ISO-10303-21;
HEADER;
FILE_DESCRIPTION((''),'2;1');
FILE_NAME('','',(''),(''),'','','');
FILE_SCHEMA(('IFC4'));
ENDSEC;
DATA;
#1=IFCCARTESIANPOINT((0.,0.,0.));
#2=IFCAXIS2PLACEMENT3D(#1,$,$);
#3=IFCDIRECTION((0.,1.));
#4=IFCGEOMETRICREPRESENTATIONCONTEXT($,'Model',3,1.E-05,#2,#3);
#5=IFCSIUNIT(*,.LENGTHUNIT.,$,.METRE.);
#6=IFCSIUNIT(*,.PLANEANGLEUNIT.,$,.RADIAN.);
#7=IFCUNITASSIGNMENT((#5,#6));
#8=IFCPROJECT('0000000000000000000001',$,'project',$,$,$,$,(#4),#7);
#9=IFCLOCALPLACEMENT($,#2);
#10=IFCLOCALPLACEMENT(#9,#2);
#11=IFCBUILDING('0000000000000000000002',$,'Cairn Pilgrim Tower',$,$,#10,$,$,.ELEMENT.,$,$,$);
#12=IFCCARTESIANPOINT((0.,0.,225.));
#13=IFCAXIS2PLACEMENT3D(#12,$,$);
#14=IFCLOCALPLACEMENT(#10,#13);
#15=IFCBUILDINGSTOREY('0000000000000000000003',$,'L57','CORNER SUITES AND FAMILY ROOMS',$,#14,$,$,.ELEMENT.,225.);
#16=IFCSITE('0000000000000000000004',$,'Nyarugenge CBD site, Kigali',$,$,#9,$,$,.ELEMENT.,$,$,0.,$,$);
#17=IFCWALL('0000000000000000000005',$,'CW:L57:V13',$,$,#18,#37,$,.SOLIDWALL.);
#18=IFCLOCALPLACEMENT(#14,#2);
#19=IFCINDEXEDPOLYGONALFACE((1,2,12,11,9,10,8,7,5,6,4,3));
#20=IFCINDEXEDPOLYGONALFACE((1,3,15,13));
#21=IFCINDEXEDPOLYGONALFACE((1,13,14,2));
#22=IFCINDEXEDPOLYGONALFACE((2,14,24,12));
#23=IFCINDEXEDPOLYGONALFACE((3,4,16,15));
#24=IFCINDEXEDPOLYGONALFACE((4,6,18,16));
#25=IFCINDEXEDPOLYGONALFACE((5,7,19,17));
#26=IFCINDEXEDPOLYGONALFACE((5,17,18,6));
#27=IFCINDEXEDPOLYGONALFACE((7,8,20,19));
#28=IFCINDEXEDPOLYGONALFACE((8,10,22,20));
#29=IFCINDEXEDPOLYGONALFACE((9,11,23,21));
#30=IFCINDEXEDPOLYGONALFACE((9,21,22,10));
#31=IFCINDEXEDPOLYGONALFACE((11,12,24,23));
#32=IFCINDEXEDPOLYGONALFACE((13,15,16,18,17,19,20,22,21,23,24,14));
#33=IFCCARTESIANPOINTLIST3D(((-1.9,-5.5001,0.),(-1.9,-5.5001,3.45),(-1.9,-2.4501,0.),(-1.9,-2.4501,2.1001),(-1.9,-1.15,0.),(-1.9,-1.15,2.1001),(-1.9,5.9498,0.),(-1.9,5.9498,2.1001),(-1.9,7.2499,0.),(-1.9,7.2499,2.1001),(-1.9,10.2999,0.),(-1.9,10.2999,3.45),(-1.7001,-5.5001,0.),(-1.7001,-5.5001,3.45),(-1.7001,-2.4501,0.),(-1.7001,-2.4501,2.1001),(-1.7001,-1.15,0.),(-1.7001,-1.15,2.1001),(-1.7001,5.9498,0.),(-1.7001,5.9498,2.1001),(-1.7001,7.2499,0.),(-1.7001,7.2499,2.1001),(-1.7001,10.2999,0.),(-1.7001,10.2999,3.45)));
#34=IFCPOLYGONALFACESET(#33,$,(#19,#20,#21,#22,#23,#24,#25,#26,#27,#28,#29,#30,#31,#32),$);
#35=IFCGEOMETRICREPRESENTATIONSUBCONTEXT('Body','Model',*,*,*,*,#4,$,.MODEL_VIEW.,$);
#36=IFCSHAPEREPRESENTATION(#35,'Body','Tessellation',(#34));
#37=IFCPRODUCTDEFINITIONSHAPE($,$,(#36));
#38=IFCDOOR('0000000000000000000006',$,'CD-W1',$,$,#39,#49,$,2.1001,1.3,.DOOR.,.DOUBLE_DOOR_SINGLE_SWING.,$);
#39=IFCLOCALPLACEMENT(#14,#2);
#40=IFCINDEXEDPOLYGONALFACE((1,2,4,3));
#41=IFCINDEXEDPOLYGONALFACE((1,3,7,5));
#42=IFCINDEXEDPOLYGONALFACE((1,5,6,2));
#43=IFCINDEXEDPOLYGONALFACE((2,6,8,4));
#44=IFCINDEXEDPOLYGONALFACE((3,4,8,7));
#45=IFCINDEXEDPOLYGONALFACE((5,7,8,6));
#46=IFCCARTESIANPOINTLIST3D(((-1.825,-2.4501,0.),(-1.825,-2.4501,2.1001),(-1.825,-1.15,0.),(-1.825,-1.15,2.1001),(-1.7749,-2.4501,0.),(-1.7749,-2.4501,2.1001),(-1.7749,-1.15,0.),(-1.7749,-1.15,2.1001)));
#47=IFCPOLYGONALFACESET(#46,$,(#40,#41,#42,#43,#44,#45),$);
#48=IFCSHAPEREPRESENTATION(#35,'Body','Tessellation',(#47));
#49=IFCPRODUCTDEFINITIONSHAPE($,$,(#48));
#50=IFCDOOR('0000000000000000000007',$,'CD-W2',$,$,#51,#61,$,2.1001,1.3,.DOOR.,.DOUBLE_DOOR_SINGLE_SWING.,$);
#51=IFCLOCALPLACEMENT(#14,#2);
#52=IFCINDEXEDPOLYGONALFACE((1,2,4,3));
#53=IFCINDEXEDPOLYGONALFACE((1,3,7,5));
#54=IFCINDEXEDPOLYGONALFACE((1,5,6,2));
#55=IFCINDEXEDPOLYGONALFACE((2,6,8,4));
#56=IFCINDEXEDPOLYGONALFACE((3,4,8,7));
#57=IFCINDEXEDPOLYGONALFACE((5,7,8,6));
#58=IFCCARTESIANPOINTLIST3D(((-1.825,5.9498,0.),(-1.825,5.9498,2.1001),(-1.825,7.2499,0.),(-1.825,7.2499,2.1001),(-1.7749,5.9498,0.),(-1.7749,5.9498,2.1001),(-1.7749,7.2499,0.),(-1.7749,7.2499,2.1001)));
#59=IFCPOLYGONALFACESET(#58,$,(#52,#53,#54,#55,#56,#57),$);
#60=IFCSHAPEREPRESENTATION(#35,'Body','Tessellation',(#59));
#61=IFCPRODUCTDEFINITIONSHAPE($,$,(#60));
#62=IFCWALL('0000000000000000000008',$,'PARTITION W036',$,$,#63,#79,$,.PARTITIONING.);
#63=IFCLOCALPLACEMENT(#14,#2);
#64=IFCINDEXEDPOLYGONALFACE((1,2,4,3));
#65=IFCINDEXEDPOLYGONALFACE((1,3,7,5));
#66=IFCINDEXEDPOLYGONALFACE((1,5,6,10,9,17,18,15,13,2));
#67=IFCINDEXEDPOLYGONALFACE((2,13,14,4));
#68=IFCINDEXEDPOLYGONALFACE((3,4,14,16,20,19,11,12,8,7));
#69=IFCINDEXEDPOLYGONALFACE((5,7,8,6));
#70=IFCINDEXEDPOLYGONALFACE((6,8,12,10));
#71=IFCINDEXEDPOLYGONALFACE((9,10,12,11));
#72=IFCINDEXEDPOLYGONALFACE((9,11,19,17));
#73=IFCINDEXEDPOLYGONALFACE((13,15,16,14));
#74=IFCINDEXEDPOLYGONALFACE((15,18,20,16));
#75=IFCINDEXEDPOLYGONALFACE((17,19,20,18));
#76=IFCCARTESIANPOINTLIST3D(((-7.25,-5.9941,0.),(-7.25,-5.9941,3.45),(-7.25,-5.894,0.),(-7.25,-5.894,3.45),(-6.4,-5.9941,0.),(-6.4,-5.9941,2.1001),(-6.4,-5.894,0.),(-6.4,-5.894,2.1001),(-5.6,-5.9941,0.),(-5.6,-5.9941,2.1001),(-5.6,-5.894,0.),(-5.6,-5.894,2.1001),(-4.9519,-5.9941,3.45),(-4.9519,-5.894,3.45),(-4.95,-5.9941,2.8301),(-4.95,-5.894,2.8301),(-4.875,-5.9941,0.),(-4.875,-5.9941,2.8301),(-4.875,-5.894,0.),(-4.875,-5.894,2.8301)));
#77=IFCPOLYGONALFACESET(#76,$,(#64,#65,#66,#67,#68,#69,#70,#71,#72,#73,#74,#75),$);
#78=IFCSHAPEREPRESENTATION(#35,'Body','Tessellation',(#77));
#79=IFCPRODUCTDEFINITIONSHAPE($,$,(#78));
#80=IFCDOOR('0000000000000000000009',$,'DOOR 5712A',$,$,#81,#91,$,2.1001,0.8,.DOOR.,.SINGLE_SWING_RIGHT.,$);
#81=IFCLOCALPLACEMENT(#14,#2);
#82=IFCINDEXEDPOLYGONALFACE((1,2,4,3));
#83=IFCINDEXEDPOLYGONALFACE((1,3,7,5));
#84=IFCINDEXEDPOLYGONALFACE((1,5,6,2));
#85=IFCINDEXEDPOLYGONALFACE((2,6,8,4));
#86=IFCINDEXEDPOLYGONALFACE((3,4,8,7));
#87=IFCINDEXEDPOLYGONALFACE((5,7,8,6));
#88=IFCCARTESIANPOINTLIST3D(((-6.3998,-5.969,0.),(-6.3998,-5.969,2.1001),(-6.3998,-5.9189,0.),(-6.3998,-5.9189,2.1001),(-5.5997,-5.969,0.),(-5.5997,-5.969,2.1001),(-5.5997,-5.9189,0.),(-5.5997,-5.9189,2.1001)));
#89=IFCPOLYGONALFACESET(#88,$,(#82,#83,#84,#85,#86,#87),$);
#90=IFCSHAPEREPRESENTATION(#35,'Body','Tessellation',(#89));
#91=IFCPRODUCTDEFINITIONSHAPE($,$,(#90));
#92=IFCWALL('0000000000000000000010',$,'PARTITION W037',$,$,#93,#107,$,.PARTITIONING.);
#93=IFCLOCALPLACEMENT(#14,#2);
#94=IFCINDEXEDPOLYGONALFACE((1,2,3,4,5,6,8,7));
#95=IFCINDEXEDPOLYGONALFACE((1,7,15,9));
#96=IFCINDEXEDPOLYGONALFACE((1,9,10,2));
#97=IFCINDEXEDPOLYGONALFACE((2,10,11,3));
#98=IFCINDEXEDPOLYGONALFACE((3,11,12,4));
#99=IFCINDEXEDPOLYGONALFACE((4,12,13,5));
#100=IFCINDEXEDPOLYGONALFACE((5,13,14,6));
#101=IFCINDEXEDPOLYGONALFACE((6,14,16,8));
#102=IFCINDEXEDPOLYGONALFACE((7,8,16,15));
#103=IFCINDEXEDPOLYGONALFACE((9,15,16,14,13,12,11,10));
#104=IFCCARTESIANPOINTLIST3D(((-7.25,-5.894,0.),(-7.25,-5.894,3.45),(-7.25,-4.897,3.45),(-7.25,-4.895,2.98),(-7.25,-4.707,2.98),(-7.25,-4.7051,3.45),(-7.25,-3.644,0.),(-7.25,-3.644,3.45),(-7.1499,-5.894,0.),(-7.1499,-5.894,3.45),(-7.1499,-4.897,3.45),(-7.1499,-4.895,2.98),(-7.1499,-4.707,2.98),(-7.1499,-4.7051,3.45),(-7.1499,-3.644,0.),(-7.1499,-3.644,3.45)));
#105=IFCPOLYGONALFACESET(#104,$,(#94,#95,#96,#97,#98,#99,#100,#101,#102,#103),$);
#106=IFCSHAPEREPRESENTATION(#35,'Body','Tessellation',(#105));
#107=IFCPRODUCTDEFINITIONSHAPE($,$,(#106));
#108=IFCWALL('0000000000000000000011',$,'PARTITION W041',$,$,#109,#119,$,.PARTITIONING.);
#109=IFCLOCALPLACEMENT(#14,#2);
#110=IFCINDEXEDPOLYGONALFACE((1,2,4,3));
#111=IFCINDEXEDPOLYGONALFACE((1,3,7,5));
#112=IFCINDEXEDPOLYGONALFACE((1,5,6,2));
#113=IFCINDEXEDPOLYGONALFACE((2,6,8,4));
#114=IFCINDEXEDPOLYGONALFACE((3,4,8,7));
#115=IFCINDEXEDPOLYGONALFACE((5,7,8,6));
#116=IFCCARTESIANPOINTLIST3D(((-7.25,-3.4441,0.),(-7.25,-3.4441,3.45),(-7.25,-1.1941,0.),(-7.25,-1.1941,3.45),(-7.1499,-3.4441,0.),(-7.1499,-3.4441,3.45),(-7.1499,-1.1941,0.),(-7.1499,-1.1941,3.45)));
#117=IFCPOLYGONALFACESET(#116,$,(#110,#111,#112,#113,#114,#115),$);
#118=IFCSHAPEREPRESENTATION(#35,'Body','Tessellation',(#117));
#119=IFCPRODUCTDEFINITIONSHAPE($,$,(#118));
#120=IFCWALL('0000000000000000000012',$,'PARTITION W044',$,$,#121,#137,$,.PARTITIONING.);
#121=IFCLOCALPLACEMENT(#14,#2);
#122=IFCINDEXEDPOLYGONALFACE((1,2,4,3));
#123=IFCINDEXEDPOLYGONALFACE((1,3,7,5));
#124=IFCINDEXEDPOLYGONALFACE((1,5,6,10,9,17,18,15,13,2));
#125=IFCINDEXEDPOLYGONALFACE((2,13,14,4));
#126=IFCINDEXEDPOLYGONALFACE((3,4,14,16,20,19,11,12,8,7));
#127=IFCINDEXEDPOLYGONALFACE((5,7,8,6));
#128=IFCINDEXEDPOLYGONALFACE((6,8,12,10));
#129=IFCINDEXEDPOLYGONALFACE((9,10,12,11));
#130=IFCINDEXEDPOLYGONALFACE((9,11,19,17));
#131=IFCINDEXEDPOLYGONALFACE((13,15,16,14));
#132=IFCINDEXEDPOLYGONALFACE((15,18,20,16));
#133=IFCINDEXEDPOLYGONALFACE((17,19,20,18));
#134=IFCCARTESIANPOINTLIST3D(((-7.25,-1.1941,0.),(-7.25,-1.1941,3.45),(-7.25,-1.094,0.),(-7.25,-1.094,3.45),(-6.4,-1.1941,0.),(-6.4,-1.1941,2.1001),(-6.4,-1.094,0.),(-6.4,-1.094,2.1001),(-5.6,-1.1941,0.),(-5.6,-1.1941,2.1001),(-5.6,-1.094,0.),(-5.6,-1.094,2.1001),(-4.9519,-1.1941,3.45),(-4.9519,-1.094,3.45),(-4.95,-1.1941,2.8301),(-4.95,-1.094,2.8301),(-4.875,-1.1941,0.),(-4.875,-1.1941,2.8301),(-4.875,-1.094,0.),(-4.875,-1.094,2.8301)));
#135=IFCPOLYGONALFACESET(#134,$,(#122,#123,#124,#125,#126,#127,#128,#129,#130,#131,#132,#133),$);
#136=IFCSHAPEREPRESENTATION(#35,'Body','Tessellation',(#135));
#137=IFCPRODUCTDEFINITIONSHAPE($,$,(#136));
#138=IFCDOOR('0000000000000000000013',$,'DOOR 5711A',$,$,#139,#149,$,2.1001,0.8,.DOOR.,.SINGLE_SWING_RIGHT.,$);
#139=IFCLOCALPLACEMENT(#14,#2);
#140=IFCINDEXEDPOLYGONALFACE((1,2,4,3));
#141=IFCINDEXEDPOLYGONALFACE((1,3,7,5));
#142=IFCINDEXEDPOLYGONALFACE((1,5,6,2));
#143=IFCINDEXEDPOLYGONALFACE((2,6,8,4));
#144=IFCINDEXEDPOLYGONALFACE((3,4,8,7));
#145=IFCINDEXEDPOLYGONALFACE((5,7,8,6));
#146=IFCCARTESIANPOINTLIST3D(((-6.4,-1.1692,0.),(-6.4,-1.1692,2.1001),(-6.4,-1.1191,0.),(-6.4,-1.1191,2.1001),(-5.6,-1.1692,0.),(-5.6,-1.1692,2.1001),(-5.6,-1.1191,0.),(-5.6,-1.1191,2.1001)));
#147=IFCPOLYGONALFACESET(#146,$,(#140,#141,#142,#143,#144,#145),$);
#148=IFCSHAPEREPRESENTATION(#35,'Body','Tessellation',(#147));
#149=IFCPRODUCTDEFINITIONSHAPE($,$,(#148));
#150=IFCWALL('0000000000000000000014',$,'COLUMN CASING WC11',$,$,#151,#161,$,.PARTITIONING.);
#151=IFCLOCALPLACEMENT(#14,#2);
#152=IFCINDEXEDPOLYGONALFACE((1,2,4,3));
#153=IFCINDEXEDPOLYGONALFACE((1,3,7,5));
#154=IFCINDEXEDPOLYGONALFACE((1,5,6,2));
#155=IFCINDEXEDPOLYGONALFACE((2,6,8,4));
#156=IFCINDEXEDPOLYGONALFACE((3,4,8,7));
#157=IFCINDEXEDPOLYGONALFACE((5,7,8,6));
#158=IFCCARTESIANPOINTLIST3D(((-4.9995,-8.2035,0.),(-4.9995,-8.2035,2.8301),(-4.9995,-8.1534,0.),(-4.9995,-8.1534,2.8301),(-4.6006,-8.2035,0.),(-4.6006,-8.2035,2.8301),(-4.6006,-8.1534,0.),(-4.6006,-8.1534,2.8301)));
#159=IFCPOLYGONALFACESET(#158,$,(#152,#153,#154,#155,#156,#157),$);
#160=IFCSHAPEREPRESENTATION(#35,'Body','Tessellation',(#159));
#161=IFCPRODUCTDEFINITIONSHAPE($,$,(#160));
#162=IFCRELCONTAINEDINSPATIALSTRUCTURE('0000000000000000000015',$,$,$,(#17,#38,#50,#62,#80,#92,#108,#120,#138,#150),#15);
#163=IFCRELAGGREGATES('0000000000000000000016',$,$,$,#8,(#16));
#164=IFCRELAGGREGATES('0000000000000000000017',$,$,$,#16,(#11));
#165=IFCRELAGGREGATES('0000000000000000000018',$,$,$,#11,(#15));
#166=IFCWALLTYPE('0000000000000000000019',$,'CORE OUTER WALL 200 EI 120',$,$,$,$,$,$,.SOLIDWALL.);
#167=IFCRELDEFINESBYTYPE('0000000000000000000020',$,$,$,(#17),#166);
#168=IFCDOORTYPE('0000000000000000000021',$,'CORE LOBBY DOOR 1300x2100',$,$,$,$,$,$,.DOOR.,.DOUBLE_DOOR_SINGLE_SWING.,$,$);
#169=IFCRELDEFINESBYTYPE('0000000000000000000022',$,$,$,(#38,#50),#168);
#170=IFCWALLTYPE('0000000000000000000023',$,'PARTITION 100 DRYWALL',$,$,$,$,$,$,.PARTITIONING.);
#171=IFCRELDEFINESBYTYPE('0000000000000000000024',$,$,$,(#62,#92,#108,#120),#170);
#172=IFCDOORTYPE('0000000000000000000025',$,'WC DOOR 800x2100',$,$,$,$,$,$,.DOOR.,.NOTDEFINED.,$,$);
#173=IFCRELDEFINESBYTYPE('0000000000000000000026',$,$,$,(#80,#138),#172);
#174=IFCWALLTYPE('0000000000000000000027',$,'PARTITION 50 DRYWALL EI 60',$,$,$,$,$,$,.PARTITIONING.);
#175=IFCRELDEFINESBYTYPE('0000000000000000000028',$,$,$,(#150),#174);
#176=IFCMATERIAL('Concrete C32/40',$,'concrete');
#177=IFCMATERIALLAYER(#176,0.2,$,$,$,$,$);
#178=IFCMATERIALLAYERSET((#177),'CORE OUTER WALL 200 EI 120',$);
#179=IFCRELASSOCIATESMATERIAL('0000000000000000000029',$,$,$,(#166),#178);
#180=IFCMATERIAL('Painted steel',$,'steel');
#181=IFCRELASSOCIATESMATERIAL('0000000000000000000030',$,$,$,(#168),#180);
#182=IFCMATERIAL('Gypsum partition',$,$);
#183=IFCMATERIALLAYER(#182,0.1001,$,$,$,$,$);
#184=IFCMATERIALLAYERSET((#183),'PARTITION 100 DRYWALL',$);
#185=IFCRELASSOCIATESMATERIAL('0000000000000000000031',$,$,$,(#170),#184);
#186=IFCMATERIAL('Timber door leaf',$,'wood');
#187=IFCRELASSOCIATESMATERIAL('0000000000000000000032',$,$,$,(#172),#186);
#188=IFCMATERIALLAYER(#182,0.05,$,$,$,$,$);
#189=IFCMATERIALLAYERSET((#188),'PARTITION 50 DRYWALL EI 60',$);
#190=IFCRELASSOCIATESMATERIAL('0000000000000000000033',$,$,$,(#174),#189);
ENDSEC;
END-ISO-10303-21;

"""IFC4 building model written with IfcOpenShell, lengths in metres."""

from ifc_helpers import new_model, si_unit, direction, frame, frame_2d, origin, place, context, subcontext, project, spatial, polyline, rectangle, outline, extrude, material, layer, layer_set, type_object, element, fill, save


model = new_model("IFC4")

# Units and contexts
model_context = context("Model", 3, precision=1e-05, world=origin(), true_north=direction((0.0, 1.0)))
body_context = subcontext(model_context, "Body", "Model", "MODEL_VIEW")
ifc_project = project(units=[si_unit("LENGTHUNIT", "METRE"), si_unit("PLANEANGLEUNIT", "RADIAN")], contexts=[model_context])

# Site, building, storey
site_placement = place(None, origin())
site = spatial("IfcSite", under=ifc_project, at=site_placement, Name="Nyarugenge CBD site, Kigali", CompositionType="ELEMENT", RefElevation=0.0)
building_placement = place(site_placement, origin())
building = spatial("IfcBuilding", under=site, at=building_placement, Name="Cairn Pilgrim Tower", CompositionType="ELEMENT")
storey_placement = place(building_placement, frame((0.0, 0.0, 225.0)))
storey = spatial("IfcBuildingStorey", under=building, at=storey_placement, Name="L57", Description="CORNER SUITES AND FAMILY ROOMS", CompositionType="ELEMENT", Elevation=225.0)

# Shared definitions
ifc_material_1 = material(Name="Concrete C32/40", Category="concrete")
ifc_layer_1 = layer(ifc_material_1, 0.2)
ifc_layer_set_1 = layer_set([ifc_layer_1], Name="CORE OUTER WALL 200 EI 120")
wall_type_1 = type_object("IfcWallType", Name="CORE OUTER WALL 200 EI 120", PredefinedType="SOLIDWALL", material=ifc_layer_set_1)

# Wall, openings, doors
wall_1_placement = place(storey_placement, frame((-1.8, -5.5, 0.0), z_axis=(0.0, 0.0, 1.0), x_axis=(0.0, 1.0, 0.0)))
wall_1 = element("IfcWall", 1, at=wall_1_placement, inside=storey, type_object=wall_type_1, Name="CW:L57:V13", PredefinedType="SOLIDWALL", context=body_context, shape_type="SweptSolid", body=[
    extrude(rectangle(XDim=15.8, YDim=0.2, at=frame_2d((7.8999, 0.0))), origin(), (0.0, 0.0, 1.0), 3.45),
])
opening_1_placement = place(wall_1_placement, frame((3.05, 0.0, 0.0)))
opening_1 = element("IfcOpeningElement", 2, at=opening_1_placement, cuts=wall_1, PredefinedType="OPENING", context=body_context, shape_type="SweptSolid", body=[
    extrude(rectangle(XDim=1.3, YDim=2.1001, at=frame_2d((0.6499, 1.05))), frame((0.0, 0.1099, 0.0), z_axis=(0.0, -1.0, 0.0), x_axis=(1.0, 0.0, 0.0)), (0.0, 0.0, 1.0), 0.22),
])
opening_2_placement = place(wall_1_placement, frame((11.45, 0.0, 0.0)))
opening_2 = element("IfcOpeningElement", 3, at=opening_2_placement, cuts=wall_1, PredefinedType="OPENING", context=body_context, shape_type="SweptSolid", body=[
    extrude(rectangle(XDim=1.3, YDim=2.1001, at=frame_2d((0.6499, 1.05))), frame((0.0, 0.1099, 0.0), z_axis=(0.0, -1.0, 0.0), x_axis=(1.0, 0.0, 0.0)), (0.0, 0.0, 1.0), 0.22),
])
ifc_material_2 = material(Name="Painted steel", Category="steel")
door_type_1 = type_object("IfcDoorType", Name="CORE LOBBY DOOR 1300x2100", OperationType="DOUBLE_DOOR_SINGLE_SWING", PredefinedType="DOOR", material=ifc_material_2)
door_1_placement = place(opening_1_placement, origin())
door_1 = element("IfcDoor", 4, at=door_1_placement, inside=storey, type_object=door_type_1, Name="CD-W1", OperationType="DOUBLE_DOOR_SINGLE_SWING", OverallHeight=2.1001, OverallWidth=1.3, PredefinedType="DOOR", context=body_context, shape_type="SweptSolid", body=[
    extrude(rectangle(XDim=1.3, YDim=2.1001, at=frame_2d((0.6499, 1.05))), frame((0.0, 0.0249, 0.0), z_axis=(0.0, -1.0, 0.0), x_axis=(1.0, 0.0, 0.0)), (0.0, 0.0, 1.0), 0.05),
])
fill(opening_1, door_1)
door_2_placement = place(opening_2_placement, origin())
door_2 = element("IfcDoor", 5, at=door_2_placement, inside=storey, type_object=door_type_1, Name="CD-W2", OperationType="DOUBLE_DOOR_SINGLE_SWING", OverallHeight=2.1001, OverallWidth=1.3, PredefinedType="DOOR", context=body_context, shape_type="SweptSolid", body=[
    extrude(rectangle(XDim=1.3, YDim=2.1001, at=frame_2d((0.6499, 1.05))), frame((0.0, 0.0249, 0.0), z_axis=(0.0, -1.0, 0.0), x_axis=(1.0, 0.0, 0.0)), (0.0, 0.0, 1.0), 0.05),
])
fill(opening_2, door_2)

# Wall, opening, door
ifc_material_3 = material(Name="Gypsum partition")
ifc_layer_2 = layer(ifc_material_3, 0.1001)
ifc_layer_set_2 = layer_set([ifc_layer_2], Name="PARTITION 100 DRYWALL")
wall_type_2 = type_object("IfcWallType", Name="PARTITION 100 DRYWALL", PredefinedType="PARTITIONING", material=ifc_layer_set_2)
wall_2_placement = place(storey_placement, frame((-7.25, -5.9441, 0.0), z_axis=(0.0, 0.0, 1.0), x_axis=(1.0, 0.0, 0.0)))
wall_2 = element("IfcWall", 6, at=wall_2_placement, inside=storey, type_object=wall_type_2, Name="PARTITION W036", PredefinedType="PARTITIONING", context=body_context, shape_type="SweptSolid", body=[
    extrude(outline(polyline([(0.0, 0.0), (2.375, 0.0), (2.375, 2.8301), (2.3, 2.8301), (2.2981, 3.45), (0.0, 3.45), (0.0, 0.0)])), frame((0.0, 0.05, 0.0), z_axis=(0.0, -1.0, 0.0), x_axis=(1.0, 0.0, 0.0)), (0.0, 0.0, 1.0), 0.1001),
])
opening_3_placement = place(wall_2_placement, frame((0.8501, 0.0, 0.0)))
opening_3 = element("IfcOpeningElement", 7, at=opening_3_placement, cuts=wall_2, PredefinedType="OPENING", context=body_context, shape_type="SweptSolid", body=[
    extrude(rectangle(XDim=0.8, YDim=2.1001, at=frame_2d((0.3999, 1.05))), frame((0.0, 0.0601, 0.0), z_axis=(0.0, -1.0, 0.0), x_axis=(1.0, 0.0, 0.0)), (0.0, 0.0, 1.0), 0.1201),
])
ifc_material_4 = material(Name="Timber door leaf", Category="wood")
door_type_2 = type_object("IfcDoorType", Name="WC DOOR 800x2100", OperationType="NOTDEFINED", PredefinedType="DOOR", material=ifc_material_4)
door_3_placement = place(opening_3_placement, frame((0.8, 0.0, 0.0), z_axis=(0.0, 0.0, 1.0), x_axis=(-1.0, 0.0, 0.0)))
door_3 = element("IfcDoor", 8, at=door_3_placement, inside=storey, type_object=door_type_2, Name="DOOR 5712A", OperationType="SINGLE_SWING_RIGHT", OverallHeight=2.1001, OverallWidth=0.8, PredefinedType="DOOR", context=body_context, shape_type="SweptSolid", body=[
    extrude(rectangle(XDim=0.8, YDim=2.1001, at=frame_2d((0.3999, 1.05))), frame((0.0, 0.0249, 0.0), z_axis=(0.0, -1.0, 0.0), x_axis=(1.0, 0.0, 0.0)), (0.0, 0.0, 1.0), 0.05),
])
fill(opening_3, door_3)

# Walls
wall_3_placement = place(storey_placement, frame((-7.2, -5.894, 0.0), z_axis=(0.0, 0.0, 1.0), x_axis=(0.0, 1.0, 0.0)))
element("IfcWall", 9, at=wall_3_placement, inside=storey, type_object=wall_type_2, Name="PARTITION W037", PredefinedType="PARTITIONING", context=body_context, shape_type="SweptSolid", body=[
    extrude(outline(polyline([(0.0, 0.0), (2.25, 0.0), (2.25, 3.45), (1.189, 3.45), (1.187, 2.98), (0.999, 2.98), (0.9971, 3.45), (0.0, 3.45), (0.0, 0.0)])), frame((0.0, 0.05, 0.0), z_axis=(0.0, -1.0, 0.0), x_axis=(1.0, 0.0, 0.0)), (0.0, 0.0, 1.0), 0.1001),
])
wall_4_placement = place(storey_placement, frame((-7.2, -3.4441, 0.0), z_axis=(0.0, 0.0, 1.0), x_axis=(0.0, 1.0, 0.0)))
element("IfcWall", 10, at=wall_4_placement, inside=storey, type_object=wall_type_2, Name="PARTITION W041", PredefinedType="PARTITIONING", context=body_context, shape_type="SweptSolid", body=[
    extrude(rectangle(XDim=2.25, YDim=0.1001, at=frame_2d((1.125, 0.0))), origin(), (0.0, 0.0, 1.0), 3.45),
])

# Wall, opening, door
wall_5_placement = place(storey_placement, frame((-7.25, -1.144, 0.0), z_axis=(0.0, 0.0, 1.0), x_axis=(1.0, 0.0, 0.0)))
wall_5 = element("IfcWall", 11, at=wall_5_placement, inside=storey, type_object=wall_type_2, Name="PARTITION W044", PredefinedType="PARTITIONING", context=body_context, shape_type="SweptSolid", body=[
    extrude(outline(polyline([(0.0, 0.0), (2.375, 0.0), (2.375, 2.8301), (2.3, 2.8301), (2.2981, 3.45), (0.0, 3.45), (0.0, 0.0)])), frame((0.0, 0.05, 0.0), z_axis=(0.0, -1.0, 0.0), x_axis=(1.0, 0.0, 0.0)), (0.0, 0.0, 1.0), 0.1001),
])
opening_4_placement = place(wall_5_placement, frame((0.8501, 0.0, 0.0)))
opening_4 = element("IfcOpeningElement", 12, at=opening_4_placement, cuts=wall_5, PredefinedType="OPENING", context=body_context, shape_type="SweptSolid", body=[
    extrude(rectangle(XDim=0.8, YDim=2.1001, at=frame_2d((0.3999, 1.05))), frame((0.0, 0.0601, 0.0), z_axis=(0.0, -1.0, 0.0), x_axis=(1.0, 0.0, 0.0)), (0.0, 0.0, 1.0), 0.1201),
])
door_4_placement = place(opening_4_placement, origin())
door_4 = element("IfcDoor", 13, at=door_4_placement, inside=storey, type_object=door_type_2, Name="DOOR 5711A", OperationType="SINGLE_SWING_RIGHT", OverallHeight=2.1001, OverallWidth=0.8, PredefinedType="DOOR", context=body_context, shape_type="SweptSolid", body=[
    extrude(rectangle(XDim=0.8, YDim=2.1001, at=frame_2d((0.3999, 1.05))), frame((0.0, 0.0249, 0.0), z_axis=(0.0, -1.0, 0.0), x_axis=(1.0, 0.0, 0.0)), (0.0, 0.0, 1.0), 0.05),
])
fill(opening_4, door_4)

# Wall
ifc_layer_3 = layer(ifc_material_3, 0.05)
ifc_layer_set_3 = layer_set([ifc_layer_3], Name="PARTITION 50 DRYWALL EI 60")
wall_type_3 = type_object("IfcWallType", Name="PARTITION 50 DRYWALL EI 60", PredefinedType="PARTITIONING", material=ifc_layer_set_3)
wall_6_placement = place(storey_placement, frame((-4.9995, -8.1785, 0.0), z_axis=(0.0, 0.0, 1.0), x_axis=(1.0, 0.0, 0.0)))
element("IfcWall", 14, at=wall_6_placement, inside=storey, type_object=wall_type_3, Name="COLUMN CASING WC11", PredefinedType="PARTITIONING", context=body_context, shape_type="SweptSolid", body=[
    extrude(rectangle(XDim=0.3989, YDim=0.05, at=frame_2d((0.1995, 0.0))), origin(), (0.0, 0.0, 1.0), 2.8301),
])

save(model, "model.ifc")
